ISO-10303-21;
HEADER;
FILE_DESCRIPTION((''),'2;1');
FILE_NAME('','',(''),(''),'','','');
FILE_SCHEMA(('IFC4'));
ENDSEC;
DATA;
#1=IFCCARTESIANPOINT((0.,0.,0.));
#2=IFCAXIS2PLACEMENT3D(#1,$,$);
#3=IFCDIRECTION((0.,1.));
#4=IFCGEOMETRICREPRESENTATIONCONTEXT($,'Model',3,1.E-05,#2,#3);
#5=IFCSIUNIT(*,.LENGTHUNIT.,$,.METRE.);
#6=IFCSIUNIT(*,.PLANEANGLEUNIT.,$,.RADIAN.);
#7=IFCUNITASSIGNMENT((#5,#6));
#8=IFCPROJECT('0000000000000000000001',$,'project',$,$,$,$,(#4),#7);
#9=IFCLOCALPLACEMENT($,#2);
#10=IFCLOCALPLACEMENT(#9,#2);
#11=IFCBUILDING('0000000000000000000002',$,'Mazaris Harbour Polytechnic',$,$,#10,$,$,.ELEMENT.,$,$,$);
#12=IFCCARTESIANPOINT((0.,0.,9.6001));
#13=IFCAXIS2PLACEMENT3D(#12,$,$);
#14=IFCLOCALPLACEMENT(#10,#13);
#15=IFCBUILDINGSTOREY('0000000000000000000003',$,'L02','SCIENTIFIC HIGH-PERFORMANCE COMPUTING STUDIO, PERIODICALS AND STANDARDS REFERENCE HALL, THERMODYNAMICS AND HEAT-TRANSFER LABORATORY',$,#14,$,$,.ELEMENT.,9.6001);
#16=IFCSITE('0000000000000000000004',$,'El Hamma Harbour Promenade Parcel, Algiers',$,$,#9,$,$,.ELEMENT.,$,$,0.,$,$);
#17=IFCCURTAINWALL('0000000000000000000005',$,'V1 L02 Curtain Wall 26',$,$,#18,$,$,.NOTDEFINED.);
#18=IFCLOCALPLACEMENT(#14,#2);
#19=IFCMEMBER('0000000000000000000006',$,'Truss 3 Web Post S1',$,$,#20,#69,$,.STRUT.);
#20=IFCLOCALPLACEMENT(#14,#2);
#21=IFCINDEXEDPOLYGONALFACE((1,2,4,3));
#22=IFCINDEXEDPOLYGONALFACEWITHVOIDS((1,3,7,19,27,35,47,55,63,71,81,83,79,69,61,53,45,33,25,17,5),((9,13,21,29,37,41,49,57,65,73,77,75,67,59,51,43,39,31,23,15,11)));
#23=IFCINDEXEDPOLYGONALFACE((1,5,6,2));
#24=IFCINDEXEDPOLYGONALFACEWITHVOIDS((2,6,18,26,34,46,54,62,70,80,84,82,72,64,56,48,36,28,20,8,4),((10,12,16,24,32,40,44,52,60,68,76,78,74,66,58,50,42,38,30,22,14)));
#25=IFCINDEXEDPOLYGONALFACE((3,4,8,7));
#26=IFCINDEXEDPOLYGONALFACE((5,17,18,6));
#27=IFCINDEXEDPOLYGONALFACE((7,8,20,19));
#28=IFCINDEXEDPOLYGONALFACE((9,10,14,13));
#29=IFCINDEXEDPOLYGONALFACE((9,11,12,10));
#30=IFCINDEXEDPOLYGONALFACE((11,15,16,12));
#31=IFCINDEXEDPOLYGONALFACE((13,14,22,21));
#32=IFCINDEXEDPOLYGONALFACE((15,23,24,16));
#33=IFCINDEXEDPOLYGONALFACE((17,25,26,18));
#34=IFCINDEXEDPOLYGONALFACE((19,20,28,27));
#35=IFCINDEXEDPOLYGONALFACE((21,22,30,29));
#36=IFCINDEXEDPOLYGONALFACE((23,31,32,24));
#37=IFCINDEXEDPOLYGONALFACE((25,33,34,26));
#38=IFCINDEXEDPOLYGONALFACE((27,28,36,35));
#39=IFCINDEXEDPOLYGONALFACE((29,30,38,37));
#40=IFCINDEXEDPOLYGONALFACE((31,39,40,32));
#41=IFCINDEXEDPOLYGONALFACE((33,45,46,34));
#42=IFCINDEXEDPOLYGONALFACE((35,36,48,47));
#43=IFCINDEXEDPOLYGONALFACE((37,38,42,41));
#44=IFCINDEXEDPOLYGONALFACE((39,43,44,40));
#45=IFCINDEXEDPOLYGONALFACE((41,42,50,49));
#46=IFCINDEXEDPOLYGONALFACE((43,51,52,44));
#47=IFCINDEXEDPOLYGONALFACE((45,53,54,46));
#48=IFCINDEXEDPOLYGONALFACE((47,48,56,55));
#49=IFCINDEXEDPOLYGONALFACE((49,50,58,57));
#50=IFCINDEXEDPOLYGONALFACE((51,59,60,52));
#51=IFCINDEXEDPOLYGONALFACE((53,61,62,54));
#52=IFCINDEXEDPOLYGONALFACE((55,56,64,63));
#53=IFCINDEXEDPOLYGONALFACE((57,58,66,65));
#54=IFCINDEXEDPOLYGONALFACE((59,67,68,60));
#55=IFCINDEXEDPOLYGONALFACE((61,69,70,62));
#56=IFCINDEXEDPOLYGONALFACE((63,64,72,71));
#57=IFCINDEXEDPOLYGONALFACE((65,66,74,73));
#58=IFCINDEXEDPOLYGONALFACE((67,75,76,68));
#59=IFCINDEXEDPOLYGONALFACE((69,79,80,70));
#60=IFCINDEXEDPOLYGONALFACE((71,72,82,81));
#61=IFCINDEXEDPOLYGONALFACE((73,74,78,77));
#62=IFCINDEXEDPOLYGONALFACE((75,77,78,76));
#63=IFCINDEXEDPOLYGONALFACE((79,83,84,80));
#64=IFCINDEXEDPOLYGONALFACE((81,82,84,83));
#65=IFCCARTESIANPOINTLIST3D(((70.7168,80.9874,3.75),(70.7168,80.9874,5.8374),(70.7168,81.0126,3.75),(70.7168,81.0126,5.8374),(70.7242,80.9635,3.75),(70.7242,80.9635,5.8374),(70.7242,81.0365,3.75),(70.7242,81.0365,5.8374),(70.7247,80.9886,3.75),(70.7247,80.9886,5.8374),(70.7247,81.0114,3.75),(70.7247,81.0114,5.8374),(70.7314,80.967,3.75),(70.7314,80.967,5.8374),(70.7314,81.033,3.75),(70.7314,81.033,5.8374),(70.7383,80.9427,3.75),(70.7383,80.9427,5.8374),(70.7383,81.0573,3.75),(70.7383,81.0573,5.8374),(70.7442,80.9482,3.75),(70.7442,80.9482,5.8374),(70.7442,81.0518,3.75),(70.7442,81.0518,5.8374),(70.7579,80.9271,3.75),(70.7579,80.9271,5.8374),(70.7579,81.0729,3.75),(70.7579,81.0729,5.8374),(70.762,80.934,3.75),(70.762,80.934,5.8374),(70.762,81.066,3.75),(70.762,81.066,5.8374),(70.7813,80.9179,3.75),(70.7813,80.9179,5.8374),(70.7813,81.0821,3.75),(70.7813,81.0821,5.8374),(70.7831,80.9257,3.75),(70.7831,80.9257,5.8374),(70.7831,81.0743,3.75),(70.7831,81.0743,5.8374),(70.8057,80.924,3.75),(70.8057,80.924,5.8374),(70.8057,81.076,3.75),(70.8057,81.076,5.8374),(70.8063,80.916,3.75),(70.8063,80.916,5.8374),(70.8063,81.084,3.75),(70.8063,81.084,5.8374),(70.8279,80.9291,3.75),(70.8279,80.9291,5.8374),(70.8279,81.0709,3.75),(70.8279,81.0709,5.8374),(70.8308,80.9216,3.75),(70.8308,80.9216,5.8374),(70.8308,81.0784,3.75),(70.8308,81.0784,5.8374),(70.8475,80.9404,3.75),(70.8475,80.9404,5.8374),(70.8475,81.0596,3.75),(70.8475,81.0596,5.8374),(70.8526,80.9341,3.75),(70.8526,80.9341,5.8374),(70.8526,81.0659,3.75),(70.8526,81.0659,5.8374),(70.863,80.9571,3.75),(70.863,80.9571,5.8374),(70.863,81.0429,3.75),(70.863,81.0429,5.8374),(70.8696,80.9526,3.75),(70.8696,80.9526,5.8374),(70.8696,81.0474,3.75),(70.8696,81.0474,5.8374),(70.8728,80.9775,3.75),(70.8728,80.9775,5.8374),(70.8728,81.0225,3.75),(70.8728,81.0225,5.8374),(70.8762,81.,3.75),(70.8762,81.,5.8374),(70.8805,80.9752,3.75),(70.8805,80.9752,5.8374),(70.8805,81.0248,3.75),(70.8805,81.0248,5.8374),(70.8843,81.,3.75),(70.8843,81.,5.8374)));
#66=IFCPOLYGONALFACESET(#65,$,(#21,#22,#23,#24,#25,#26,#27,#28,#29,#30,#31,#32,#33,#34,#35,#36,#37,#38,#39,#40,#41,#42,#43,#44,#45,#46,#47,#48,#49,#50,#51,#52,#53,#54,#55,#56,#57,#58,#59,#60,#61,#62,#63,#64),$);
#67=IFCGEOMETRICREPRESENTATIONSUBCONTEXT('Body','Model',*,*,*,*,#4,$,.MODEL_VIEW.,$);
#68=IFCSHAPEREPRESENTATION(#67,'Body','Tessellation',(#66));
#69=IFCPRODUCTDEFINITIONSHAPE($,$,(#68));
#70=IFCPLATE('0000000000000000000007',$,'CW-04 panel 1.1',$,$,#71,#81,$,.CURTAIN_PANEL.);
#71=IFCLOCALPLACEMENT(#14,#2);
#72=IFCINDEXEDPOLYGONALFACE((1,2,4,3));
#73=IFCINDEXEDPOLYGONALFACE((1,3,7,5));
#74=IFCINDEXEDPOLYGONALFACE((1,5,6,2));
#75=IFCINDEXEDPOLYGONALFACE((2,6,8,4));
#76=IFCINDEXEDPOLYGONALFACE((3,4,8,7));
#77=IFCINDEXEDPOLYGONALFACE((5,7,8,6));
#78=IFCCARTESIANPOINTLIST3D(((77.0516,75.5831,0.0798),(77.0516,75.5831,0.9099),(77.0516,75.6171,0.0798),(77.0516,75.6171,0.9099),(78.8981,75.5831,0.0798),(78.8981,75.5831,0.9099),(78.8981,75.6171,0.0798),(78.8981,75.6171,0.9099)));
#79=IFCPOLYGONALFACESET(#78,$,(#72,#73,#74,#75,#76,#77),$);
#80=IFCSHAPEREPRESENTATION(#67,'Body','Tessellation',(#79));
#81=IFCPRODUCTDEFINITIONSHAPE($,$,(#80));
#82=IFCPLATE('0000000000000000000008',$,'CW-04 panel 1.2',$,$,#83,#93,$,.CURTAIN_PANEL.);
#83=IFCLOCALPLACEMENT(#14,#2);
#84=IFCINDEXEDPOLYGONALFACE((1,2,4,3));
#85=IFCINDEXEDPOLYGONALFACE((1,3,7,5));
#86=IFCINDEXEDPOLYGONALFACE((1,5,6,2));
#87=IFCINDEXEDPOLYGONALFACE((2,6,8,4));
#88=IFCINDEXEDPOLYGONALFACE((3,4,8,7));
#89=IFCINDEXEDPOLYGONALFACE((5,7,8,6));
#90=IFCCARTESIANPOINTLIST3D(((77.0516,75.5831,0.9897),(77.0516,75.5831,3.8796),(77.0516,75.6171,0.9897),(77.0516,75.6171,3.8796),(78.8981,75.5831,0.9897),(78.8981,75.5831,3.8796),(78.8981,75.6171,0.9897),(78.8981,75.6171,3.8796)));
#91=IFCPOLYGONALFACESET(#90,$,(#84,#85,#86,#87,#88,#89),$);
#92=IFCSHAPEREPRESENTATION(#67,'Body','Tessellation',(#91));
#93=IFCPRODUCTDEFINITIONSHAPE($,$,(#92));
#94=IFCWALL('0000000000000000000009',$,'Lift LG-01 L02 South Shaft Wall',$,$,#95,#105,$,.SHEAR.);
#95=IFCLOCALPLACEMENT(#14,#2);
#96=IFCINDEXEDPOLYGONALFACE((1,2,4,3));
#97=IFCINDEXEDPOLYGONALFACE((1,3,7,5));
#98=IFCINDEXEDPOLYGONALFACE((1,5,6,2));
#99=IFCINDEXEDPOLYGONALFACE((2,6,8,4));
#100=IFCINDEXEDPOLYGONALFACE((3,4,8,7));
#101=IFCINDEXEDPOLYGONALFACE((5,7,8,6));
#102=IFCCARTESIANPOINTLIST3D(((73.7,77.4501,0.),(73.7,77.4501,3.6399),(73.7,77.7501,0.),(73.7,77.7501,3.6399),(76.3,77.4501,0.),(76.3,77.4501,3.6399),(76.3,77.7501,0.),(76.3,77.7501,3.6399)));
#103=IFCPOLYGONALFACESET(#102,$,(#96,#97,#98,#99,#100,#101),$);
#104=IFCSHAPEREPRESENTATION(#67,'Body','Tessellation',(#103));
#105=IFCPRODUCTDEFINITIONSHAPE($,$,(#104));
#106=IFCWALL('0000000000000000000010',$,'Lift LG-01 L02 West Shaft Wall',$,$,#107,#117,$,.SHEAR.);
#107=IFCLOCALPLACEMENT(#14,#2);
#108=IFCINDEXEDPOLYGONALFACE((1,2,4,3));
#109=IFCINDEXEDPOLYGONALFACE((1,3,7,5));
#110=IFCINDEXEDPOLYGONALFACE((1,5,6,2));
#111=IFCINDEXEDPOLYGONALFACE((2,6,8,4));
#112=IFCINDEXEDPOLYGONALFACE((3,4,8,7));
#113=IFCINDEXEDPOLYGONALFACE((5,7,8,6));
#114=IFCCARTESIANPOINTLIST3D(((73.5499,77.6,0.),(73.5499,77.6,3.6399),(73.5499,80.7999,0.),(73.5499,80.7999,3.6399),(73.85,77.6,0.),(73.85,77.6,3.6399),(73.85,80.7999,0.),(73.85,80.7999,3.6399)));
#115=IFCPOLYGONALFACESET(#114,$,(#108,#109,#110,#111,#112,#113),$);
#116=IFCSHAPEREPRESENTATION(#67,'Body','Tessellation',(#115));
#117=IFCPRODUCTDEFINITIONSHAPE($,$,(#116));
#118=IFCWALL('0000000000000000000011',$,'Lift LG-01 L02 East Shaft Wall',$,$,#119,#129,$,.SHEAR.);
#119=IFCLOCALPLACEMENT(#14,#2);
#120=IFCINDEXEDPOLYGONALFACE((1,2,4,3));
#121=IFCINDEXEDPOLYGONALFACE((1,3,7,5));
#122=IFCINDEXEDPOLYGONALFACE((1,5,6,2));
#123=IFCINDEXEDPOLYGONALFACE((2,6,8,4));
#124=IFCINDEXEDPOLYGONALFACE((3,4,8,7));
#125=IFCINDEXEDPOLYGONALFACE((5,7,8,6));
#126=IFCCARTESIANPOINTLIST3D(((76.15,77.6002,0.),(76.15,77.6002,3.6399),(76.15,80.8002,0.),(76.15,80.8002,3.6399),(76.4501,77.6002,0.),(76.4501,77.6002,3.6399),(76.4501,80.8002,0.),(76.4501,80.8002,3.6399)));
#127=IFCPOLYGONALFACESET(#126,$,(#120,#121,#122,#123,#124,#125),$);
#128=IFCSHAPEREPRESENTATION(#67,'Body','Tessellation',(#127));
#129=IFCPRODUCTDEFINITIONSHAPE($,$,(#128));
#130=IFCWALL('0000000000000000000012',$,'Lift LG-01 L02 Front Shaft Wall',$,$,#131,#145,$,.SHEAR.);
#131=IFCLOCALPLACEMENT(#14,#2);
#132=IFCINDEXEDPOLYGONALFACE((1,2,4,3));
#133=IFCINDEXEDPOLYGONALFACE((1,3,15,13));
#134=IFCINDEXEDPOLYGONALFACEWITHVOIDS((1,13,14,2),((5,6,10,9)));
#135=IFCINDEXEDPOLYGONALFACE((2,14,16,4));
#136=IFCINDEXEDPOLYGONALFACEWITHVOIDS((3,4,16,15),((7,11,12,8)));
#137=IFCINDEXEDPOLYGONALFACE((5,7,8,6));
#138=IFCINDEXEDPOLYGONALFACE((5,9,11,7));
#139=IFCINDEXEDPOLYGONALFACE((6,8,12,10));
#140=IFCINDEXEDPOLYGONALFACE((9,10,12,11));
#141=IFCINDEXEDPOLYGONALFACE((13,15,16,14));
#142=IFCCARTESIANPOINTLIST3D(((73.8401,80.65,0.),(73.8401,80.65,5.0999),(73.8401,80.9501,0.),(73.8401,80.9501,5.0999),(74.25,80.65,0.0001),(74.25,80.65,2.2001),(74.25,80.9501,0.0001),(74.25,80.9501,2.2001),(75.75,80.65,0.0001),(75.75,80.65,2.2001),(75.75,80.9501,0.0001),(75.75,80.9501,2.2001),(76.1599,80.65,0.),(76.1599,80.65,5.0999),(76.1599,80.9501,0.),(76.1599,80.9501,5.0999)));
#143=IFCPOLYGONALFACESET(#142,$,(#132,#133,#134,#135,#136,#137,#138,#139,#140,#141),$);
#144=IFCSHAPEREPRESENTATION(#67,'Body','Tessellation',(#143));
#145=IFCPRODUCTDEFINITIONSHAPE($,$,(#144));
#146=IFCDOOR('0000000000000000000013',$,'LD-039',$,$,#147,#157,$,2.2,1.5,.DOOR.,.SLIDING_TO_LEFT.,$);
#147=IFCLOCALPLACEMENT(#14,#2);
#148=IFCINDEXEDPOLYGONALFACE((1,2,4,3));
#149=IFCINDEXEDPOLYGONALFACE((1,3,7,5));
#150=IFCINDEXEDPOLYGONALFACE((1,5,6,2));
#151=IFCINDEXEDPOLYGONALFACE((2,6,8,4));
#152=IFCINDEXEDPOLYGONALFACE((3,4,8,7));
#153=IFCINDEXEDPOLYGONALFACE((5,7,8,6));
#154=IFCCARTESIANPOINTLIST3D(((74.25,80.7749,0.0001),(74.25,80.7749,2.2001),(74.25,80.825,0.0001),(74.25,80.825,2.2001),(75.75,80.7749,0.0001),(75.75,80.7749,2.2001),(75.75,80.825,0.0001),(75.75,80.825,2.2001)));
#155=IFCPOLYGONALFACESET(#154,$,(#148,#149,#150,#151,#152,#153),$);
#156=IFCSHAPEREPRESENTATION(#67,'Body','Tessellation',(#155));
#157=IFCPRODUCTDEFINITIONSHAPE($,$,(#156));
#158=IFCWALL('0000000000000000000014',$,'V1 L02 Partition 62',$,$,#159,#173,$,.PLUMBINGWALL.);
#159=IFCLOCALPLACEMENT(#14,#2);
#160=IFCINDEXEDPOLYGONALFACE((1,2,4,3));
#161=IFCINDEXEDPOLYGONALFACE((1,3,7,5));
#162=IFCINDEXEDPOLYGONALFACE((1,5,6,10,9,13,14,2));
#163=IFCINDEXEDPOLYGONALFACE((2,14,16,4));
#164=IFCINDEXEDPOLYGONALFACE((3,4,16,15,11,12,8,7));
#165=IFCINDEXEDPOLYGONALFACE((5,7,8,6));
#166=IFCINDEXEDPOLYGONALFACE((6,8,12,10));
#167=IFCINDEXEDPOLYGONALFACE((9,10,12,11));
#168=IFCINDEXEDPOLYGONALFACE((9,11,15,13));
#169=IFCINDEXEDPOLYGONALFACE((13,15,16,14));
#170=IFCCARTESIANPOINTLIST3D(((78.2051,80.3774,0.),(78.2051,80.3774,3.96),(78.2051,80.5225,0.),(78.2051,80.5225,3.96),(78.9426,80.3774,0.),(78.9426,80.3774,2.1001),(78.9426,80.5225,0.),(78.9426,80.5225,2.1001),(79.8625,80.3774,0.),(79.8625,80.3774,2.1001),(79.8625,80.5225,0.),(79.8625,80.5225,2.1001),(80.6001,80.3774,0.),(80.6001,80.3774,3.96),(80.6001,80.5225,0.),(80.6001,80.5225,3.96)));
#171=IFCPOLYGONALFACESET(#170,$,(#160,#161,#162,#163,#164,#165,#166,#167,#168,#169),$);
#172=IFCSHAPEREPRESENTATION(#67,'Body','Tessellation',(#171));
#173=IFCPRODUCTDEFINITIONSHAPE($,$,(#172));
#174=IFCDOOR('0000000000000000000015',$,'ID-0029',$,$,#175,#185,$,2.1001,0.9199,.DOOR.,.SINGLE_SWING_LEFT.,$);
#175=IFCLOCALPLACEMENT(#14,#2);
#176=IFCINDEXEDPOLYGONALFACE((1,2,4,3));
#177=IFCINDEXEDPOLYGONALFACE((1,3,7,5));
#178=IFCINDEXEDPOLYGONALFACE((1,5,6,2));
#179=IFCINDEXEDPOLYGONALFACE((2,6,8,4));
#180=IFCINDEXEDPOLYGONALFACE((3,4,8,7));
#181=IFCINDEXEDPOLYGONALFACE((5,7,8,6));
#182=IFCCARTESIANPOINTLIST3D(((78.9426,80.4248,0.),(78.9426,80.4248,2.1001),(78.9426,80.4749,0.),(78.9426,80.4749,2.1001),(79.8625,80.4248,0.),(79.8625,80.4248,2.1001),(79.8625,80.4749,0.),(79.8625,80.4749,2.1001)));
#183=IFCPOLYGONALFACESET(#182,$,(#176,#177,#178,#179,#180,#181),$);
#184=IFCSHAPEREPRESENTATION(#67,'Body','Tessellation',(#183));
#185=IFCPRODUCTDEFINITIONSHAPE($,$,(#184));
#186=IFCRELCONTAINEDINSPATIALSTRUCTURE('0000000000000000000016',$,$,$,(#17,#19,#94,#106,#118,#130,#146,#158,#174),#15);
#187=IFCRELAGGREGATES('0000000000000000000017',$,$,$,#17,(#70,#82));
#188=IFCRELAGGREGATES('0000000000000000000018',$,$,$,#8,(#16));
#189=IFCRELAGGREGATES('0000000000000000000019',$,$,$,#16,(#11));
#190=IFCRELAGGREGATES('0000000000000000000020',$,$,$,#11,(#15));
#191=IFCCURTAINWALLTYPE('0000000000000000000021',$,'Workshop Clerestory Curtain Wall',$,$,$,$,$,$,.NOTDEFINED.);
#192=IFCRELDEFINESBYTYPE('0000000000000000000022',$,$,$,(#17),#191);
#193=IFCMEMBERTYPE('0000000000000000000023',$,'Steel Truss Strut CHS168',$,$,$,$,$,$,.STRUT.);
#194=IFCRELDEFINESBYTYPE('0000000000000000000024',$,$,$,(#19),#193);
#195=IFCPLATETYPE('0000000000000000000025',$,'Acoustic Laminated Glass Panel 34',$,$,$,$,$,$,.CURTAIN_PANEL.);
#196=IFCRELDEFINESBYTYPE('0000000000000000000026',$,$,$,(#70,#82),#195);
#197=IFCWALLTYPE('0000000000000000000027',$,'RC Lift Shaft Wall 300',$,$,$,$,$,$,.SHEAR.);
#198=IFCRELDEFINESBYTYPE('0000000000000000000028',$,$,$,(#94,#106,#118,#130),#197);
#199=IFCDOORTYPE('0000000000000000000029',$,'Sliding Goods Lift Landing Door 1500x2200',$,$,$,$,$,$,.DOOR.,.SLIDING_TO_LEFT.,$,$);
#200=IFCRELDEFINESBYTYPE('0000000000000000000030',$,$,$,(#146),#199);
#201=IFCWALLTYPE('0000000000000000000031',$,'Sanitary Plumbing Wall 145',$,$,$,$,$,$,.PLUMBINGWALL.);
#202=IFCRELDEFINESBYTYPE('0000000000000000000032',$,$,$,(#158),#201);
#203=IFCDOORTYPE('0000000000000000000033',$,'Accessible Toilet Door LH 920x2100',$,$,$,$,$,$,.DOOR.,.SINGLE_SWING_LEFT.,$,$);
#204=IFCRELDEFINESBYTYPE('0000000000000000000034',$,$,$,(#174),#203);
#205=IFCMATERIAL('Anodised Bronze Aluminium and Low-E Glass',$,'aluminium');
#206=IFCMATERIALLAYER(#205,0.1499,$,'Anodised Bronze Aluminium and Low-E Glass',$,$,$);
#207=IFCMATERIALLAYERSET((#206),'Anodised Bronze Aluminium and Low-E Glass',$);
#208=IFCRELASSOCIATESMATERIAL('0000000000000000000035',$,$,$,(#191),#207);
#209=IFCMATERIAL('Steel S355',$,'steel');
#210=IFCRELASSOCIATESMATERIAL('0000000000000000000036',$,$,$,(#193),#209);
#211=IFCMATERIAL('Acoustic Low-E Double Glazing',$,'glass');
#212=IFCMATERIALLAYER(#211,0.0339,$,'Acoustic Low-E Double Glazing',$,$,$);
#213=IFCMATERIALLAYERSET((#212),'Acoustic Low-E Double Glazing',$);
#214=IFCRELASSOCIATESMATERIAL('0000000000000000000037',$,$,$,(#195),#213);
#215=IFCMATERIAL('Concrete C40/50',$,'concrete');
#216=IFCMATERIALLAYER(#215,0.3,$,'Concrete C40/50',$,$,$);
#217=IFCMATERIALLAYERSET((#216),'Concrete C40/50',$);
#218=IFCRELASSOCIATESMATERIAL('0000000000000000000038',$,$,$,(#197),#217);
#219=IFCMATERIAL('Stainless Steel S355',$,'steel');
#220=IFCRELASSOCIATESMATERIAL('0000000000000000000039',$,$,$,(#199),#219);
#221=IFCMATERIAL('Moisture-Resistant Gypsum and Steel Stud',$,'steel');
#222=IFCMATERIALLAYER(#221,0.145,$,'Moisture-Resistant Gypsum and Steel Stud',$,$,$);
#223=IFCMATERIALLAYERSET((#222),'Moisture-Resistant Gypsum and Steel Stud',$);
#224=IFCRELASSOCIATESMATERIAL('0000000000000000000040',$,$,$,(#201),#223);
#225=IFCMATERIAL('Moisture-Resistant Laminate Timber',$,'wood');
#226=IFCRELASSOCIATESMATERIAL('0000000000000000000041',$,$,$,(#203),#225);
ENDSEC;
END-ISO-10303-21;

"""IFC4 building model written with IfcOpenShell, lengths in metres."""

from ifc_helpers import new_model, si_unit, direction, frame, frame_2d, origin, origin_2d, place, context, subcontext, project, spatial, rectangle, hollow_circle, extrude, material, layer, layer_set, material_profile, profile_set, type_object, element, fill, aggregate, save


model = new_model("IFC4")

# Units and contexts
model_context = context("Model", 3, precision=1e-05, world=origin(), true_north=direction((0.0, 1.0)))
body_context = subcontext(model_context, "Body", "Model", "MODEL_VIEW")
ifc_project = project(units=[si_unit("LENGTHUNIT", "METRE"), si_unit("PLANEANGLEUNIT", "RADIAN")], contexts=[model_context])

# Site, building, storey
site_placement = place(None, origin())
site = spatial("IfcSite", under=ifc_project, at=site_placement, Name="El Hamma Harbour Promenade Parcel, Algiers", CompositionType="ELEMENT", RefElevation=0.0)
building_placement = place(site_placement, origin())
building = spatial("IfcBuilding", under=site, at=building_placement, Name="Mazaris Harbour Polytechnic", CompositionType="ELEMENT")
storey_placement = place(building_placement, frame((0.0, 0.0, 9.6001)))
storey = spatial("IfcBuildingStorey", under=building, at=storey_placement, Name="L02", Description="SCIENTIFIC HIGH-PERFORMANCE COMPUTING STUDIO, PERIODICALS AND STANDARDS REFERENCE HALL, THERMODYNAMICS AND HEAT-TRANSFER LABORATORY", CompositionType="ELEMENT", Elevation=9.6001)

# Curtain wall
ifc_material_1 = material(Name="Anodised Bronze Aluminium and Low-E Glass", Category="aluminium")
ifc_layer_1 = layer(ifc_material_1, 0.1499, Name="Anodised Bronze Aluminium and Low-E Glass")
ifc_layer_set_1 = layer_set([ifc_layer_1], Name="Anodised Bronze Aluminium and Low-E Glass")
curtain_wall_type = type_object("IfcCurtainWallType", Name="Workshop Clerestory Curtain Wall", PredefinedType="NOTDEFINED", material=ifc_layer_set_1)
curtain_wall_placement = place(storey_placement, origin())
curtain_wall = element("IfcCurtainWall", 1, at=curtain_wall_placement, inside=storey, type_object=curtain_wall_type, Name="V1 L02 Curtain Wall 26", PredefinedType="NOTDEFINED")

# Member
ifc_material_2 = material(Name="Steel S355", Category="steel")
ifc_material_profile_1 = material_profile(ifc_material_2, hollow_circle(Radius=0.0842, WallThickness=0.0081, at=origin_2d()), Name="CHS 168.3x8.0")
ifc_profile_set_1 = profile_set([ifc_material_profile_1], Name="Steel S355")
member_type_1 = type_object("IfcMemberType", Name="Steel Truss Strut CHS168", PredefinedType="STRUT", material=ifc_profile_set_1)
member_1_placement = place(storey_placement, frame((70.8, 81.0, 3.75), z_axis=(0.0, 0.0, 1.0), x_axis=(1.0, 0.0, 0.0)))
element("IfcMember", 2, at=member_1_placement, inside=storey, type_object=member_type_1, Name="Truss 3 Web Post S1", PredefinedType="STRUT", context=body_context, shape_type="SweptSolid", body=[
    extrude(hollow_circle(Radius=0.0842, WallThickness=0.0081, at=origin_2d()), origin(), (0.0, 0.0, 1.0), 2.0874),
])

# Plates
ifc_material_3 = material(Name="Acoustic Low-E Double Glazing", Category="glass")
ifc_layer_2 = layer(ifc_material_3, 0.0339, Name="Acoustic Low-E Double Glazing")
ifc_layer_set_2 = layer_set([ifc_layer_2], Name="Acoustic Low-E Double Glazing")
plate_type = type_object("IfcPlateType", Name="Acoustic Laminated Glass Panel 34", PredefinedType="CURTAIN_PANEL", material=ifc_layer_set_2)
plate_1_placement = place(storey_placement, frame((77.9749, 75.6001, 0.0798), z_axis=(0.0, 0.0, 1.0), x_axis=(-1.0, 0.0, 0.0)))
plate_1 = element("IfcPlate", 3, at=plate_1_placement, type_object=plate_type, Name="CW-04 panel 1.1", PredefinedType="CURTAIN_PANEL", context=body_context, shape_type="SweptSolid", body=[
    extrude(rectangle(XDim=1.8464, YDim=0.0339, at=origin_2d()), origin(), (0.0, 0.0, 1.0), 0.8301),
])
plate_2_placement = place(storey_placement, frame((77.9749, 75.6001, 0.9897), z_axis=(0.0, 0.0, 1.0), x_axis=(-1.0, 0.0, 0.0)))
plate_2 = element("IfcPlate", 4, at=plate_2_placement, type_object=plate_type, Name="CW-04 panel 1.2", PredefinedType="CURTAIN_PANEL", context=body_context, shape_type="SweptSolid", body=[
    extrude(rectangle(XDim=1.8464, YDim=0.0339, at=origin_2d()), origin(), (0.0, 0.0, 1.0), 2.8899),
])
aggregate(curtain_wall, [plate_1, plate_2])

# Walls
ifc_material_4 = material(Name="Concrete C40/50", Category="concrete")
ifc_layer_3 = layer(ifc_material_4, 0.3, Name="Concrete C40/50")
ifc_layer_set_3 = layer_set([ifc_layer_3], Name="Concrete C40/50")
wall_type_1 = type_object("IfcWallType", Name="RC Lift Shaft Wall 300", PredefinedType="SHEAR", material=ifc_layer_set_3)
wall_1_placement = place(storey_placement, frame((73.7, 77.6001, 0.0), z_axis=(0.0, 0.0, 1.0), x_axis=(1.0, 0.0, 0.0)))
element("IfcWall", 5, at=wall_1_placement, inside=storey, type_object=wall_type_1, Name="Lift LG-01 L02 South Shaft Wall", PredefinedType="SHEAR", context=body_context, shape_type="SweptSolid", body=[
    extrude(rectangle(XDim=2.6001, YDim=0.3, at=frame_2d((1.3, 0.0))), origin(), (0.0, 0.0, 1.0), 3.6399),
])
for number, where, z_axis, x_axis, name in (
    (6, (73.7, 80.8, 0.0), (0.0, 0.0, 1.0), (0.0, -1.0, 0.0), "Lift LG-01 L02 West Shaft Wall"),
    (7, (76.3, 77.6001, 0.0), (0.0, 0.0, 1.0), (0.0, 1.0, 0.0), "Lift LG-01 L02 East Shaft Wall"),
):
    element("IfcWall", number, at=place(storey_placement, frame(where, z_axis=z_axis, x_axis=x_axis)), inside=storey, type_object=wall_type_1, Name=name, PredefinedType="SHEAR", context=body_context, shape_type="SweptSolid", body=[
        extrude(rectangle(XDim=3.2, YDim=0.3, at=frame_2d((1.6001, 0.0))), origin(), (0.0, 0.0, 1.0), 3.6399),
    ])

# Walls, openings, doors
wall_2_placement = place(storey_placement, frame((73.8401, 80.8, 0.0), z_axis=(0.0, 0.0, 1.0), x_axis=(1.0, 0.0, 0.0)))
wall_2 = element("IfcWall", 8, at=wall_2_placement, inside=storey, type_object=wall_type_1, Name="Lift LG-01 L02 Front Shaft Wall", PredefinedType="SHEAR", context=body_context, shape_type="SweptSolid", body=[
    extrude(rectangle(XDim=2.3198, YDim=0.3, at=frame_2d((1.1599, 0.0))), origin(), (0.0, 0.0, 1.0), 5.0999),
])
opening_1_placement = place(wall_2_placement, frame((0.4099, 0.0, 0.0)))
opening_1 = element("IfcOpeningElement", 9, at=opening_1_placement, cuts=wall_2, PredefinedType="OPENING", context=body_context, shape_type="SweptSolid", body=[
    extrude(rectangle(XDim=1.5, YDim=2.2, at=frame_2d((0.75, 1.1001))), frame((0.0, 0.1599, 0.0), z_axis=(0.0, -1.0, 0.0), x_axis=(1.0, 0.0, 0.0)), (0.0, 0.0, 1.0), 0.3201),
])
ifc_material_5 = material(Name="Stainless Steel S355", Category="steel")
door_type_1 = type_object("IfcDoorType", Name="Sliding Goods Lift Landing Door 1500x2200", OperationType="SLIDING_TO_LEFT", PredefinedType="DOOR", material=ifc_material_5)
door_1_placement = place(opening_1_placement, origin())
door_1 = element("IfcDoor", 10, at=door_1_placement, inside=storey, type_object=door_type_1, Name="LD-039", OperationType="SLIDING_TO_LEFT", OverallHeight=2.2, OverallWidth=1.5, PredefinedType="DOOR", context=body_context, shape_type="SweptSolid", body=[
    extrude(rectangle(XDim=1.5, YDim=2.2, at=frame_2d((0.75, 1.1001))), frame((0.0, 0.0249, 0.0), z_axis=(0.0, -1.0, 0.0), x_axis=(1.0, 0.0, 0.0)), (0.0, 0.0, 1.0), 0.05),
])
fill(opening_1, door_1)
ifc_material_6 = material(Name="Moisture-Resistant Gypsum and Steel Stud", Category="steel")
ifc_layer_4 = layer(ifc_material_6, 0.145, Name="Moisture-Resistant Gypsum and Steel Stud")
ifc_layer_set_4 = layer_set([ifc_layer_4], Name="Moisture-Resistant Gypsum and Steel Stud")
wall_type_2 = type_object("IfcWallType", Name="Sanitary Plumbing Wall 145", PredefinedType="PLUMBINGWALL", material=ifc_layer_set_4)
wall_3_placement = place(storey_placement, frame((78.2051, 80.45, 0.0), z_axis=(0.0, 0.0, 1.0), x_axis=(1.0, 0.0, 0.0)))
wall_3 = element("IfcWall", 11, at=wall_3_placement, inside=storey, type_object=wall_type_2, Name="V1 L02 Partition 62", PredefinedType="PLUMBINGWALL", context=body_context, shape_type="SweptSolid", body=[
    extrude(rectangle(XDim=2.395, YDim=0.145, at=frame_2d((1.1975, 0.0))), origin(), (0.0, 0.0, 1.0), 3.96),
])
opening_2_placement = place(wall_3_placement, frame((0.7375, 0.0, 0.0)))
opening_2 = element("IfcOpeningElement", 12, at=opening_2_placement, cuts=wall_3, PredefinedType="OPENING", context=body_context, shape_type="SweptSolid", body=[
    extrude(rectangle(XDim=0.9199, YDim=2.1001, at=frame_2d((0.46, 1.05))), frame((0.0, 0.0825, 0.0), z_axis=(0.0, -1.0, 0.0), x_axis=(1.0, 0.0, 0.0)), (0.0, 0.0, 1.0), 0.165),
])
ifc_material_7 = material(Name="Moisture-Resistant Laminate Timber", Category="wood")
door_type_2 = type_object("IfcDoorType", Name="Accessible Toilet Door LH 920x2100", OperationType="SINGLE_SWING_LEFT", PredefinedType="DOOR", material=ifc_material_7)
door_2_placement = place(opening_2_placement, origin())
door_2 = element("IfcDoor", 13, at=door_2_placement, inside=storey, type_object=door_type_2, Name="ID-0029", OperationType="SINGLE_SWING_LEFT", OverallHeight=2.1001, OverallWidth=0.9199, PredefinedType="DOOR", context=body_context, shape_type="SweptSolid", body=[
    extrude(rectangle(XDim=0.9199, YDim=2.1001, at=frame_2d((0.46, 1.05))), frame((0.0, 0.0249, 0.0), z_axis=(0.0, -1.0, 0.0), x_axis=(1.0, 0.0, 0.0)), (0.0, 0.0, 1.0), 0.05),
])
fill(opening_2, door_2)

save(model, "model.ifc")
